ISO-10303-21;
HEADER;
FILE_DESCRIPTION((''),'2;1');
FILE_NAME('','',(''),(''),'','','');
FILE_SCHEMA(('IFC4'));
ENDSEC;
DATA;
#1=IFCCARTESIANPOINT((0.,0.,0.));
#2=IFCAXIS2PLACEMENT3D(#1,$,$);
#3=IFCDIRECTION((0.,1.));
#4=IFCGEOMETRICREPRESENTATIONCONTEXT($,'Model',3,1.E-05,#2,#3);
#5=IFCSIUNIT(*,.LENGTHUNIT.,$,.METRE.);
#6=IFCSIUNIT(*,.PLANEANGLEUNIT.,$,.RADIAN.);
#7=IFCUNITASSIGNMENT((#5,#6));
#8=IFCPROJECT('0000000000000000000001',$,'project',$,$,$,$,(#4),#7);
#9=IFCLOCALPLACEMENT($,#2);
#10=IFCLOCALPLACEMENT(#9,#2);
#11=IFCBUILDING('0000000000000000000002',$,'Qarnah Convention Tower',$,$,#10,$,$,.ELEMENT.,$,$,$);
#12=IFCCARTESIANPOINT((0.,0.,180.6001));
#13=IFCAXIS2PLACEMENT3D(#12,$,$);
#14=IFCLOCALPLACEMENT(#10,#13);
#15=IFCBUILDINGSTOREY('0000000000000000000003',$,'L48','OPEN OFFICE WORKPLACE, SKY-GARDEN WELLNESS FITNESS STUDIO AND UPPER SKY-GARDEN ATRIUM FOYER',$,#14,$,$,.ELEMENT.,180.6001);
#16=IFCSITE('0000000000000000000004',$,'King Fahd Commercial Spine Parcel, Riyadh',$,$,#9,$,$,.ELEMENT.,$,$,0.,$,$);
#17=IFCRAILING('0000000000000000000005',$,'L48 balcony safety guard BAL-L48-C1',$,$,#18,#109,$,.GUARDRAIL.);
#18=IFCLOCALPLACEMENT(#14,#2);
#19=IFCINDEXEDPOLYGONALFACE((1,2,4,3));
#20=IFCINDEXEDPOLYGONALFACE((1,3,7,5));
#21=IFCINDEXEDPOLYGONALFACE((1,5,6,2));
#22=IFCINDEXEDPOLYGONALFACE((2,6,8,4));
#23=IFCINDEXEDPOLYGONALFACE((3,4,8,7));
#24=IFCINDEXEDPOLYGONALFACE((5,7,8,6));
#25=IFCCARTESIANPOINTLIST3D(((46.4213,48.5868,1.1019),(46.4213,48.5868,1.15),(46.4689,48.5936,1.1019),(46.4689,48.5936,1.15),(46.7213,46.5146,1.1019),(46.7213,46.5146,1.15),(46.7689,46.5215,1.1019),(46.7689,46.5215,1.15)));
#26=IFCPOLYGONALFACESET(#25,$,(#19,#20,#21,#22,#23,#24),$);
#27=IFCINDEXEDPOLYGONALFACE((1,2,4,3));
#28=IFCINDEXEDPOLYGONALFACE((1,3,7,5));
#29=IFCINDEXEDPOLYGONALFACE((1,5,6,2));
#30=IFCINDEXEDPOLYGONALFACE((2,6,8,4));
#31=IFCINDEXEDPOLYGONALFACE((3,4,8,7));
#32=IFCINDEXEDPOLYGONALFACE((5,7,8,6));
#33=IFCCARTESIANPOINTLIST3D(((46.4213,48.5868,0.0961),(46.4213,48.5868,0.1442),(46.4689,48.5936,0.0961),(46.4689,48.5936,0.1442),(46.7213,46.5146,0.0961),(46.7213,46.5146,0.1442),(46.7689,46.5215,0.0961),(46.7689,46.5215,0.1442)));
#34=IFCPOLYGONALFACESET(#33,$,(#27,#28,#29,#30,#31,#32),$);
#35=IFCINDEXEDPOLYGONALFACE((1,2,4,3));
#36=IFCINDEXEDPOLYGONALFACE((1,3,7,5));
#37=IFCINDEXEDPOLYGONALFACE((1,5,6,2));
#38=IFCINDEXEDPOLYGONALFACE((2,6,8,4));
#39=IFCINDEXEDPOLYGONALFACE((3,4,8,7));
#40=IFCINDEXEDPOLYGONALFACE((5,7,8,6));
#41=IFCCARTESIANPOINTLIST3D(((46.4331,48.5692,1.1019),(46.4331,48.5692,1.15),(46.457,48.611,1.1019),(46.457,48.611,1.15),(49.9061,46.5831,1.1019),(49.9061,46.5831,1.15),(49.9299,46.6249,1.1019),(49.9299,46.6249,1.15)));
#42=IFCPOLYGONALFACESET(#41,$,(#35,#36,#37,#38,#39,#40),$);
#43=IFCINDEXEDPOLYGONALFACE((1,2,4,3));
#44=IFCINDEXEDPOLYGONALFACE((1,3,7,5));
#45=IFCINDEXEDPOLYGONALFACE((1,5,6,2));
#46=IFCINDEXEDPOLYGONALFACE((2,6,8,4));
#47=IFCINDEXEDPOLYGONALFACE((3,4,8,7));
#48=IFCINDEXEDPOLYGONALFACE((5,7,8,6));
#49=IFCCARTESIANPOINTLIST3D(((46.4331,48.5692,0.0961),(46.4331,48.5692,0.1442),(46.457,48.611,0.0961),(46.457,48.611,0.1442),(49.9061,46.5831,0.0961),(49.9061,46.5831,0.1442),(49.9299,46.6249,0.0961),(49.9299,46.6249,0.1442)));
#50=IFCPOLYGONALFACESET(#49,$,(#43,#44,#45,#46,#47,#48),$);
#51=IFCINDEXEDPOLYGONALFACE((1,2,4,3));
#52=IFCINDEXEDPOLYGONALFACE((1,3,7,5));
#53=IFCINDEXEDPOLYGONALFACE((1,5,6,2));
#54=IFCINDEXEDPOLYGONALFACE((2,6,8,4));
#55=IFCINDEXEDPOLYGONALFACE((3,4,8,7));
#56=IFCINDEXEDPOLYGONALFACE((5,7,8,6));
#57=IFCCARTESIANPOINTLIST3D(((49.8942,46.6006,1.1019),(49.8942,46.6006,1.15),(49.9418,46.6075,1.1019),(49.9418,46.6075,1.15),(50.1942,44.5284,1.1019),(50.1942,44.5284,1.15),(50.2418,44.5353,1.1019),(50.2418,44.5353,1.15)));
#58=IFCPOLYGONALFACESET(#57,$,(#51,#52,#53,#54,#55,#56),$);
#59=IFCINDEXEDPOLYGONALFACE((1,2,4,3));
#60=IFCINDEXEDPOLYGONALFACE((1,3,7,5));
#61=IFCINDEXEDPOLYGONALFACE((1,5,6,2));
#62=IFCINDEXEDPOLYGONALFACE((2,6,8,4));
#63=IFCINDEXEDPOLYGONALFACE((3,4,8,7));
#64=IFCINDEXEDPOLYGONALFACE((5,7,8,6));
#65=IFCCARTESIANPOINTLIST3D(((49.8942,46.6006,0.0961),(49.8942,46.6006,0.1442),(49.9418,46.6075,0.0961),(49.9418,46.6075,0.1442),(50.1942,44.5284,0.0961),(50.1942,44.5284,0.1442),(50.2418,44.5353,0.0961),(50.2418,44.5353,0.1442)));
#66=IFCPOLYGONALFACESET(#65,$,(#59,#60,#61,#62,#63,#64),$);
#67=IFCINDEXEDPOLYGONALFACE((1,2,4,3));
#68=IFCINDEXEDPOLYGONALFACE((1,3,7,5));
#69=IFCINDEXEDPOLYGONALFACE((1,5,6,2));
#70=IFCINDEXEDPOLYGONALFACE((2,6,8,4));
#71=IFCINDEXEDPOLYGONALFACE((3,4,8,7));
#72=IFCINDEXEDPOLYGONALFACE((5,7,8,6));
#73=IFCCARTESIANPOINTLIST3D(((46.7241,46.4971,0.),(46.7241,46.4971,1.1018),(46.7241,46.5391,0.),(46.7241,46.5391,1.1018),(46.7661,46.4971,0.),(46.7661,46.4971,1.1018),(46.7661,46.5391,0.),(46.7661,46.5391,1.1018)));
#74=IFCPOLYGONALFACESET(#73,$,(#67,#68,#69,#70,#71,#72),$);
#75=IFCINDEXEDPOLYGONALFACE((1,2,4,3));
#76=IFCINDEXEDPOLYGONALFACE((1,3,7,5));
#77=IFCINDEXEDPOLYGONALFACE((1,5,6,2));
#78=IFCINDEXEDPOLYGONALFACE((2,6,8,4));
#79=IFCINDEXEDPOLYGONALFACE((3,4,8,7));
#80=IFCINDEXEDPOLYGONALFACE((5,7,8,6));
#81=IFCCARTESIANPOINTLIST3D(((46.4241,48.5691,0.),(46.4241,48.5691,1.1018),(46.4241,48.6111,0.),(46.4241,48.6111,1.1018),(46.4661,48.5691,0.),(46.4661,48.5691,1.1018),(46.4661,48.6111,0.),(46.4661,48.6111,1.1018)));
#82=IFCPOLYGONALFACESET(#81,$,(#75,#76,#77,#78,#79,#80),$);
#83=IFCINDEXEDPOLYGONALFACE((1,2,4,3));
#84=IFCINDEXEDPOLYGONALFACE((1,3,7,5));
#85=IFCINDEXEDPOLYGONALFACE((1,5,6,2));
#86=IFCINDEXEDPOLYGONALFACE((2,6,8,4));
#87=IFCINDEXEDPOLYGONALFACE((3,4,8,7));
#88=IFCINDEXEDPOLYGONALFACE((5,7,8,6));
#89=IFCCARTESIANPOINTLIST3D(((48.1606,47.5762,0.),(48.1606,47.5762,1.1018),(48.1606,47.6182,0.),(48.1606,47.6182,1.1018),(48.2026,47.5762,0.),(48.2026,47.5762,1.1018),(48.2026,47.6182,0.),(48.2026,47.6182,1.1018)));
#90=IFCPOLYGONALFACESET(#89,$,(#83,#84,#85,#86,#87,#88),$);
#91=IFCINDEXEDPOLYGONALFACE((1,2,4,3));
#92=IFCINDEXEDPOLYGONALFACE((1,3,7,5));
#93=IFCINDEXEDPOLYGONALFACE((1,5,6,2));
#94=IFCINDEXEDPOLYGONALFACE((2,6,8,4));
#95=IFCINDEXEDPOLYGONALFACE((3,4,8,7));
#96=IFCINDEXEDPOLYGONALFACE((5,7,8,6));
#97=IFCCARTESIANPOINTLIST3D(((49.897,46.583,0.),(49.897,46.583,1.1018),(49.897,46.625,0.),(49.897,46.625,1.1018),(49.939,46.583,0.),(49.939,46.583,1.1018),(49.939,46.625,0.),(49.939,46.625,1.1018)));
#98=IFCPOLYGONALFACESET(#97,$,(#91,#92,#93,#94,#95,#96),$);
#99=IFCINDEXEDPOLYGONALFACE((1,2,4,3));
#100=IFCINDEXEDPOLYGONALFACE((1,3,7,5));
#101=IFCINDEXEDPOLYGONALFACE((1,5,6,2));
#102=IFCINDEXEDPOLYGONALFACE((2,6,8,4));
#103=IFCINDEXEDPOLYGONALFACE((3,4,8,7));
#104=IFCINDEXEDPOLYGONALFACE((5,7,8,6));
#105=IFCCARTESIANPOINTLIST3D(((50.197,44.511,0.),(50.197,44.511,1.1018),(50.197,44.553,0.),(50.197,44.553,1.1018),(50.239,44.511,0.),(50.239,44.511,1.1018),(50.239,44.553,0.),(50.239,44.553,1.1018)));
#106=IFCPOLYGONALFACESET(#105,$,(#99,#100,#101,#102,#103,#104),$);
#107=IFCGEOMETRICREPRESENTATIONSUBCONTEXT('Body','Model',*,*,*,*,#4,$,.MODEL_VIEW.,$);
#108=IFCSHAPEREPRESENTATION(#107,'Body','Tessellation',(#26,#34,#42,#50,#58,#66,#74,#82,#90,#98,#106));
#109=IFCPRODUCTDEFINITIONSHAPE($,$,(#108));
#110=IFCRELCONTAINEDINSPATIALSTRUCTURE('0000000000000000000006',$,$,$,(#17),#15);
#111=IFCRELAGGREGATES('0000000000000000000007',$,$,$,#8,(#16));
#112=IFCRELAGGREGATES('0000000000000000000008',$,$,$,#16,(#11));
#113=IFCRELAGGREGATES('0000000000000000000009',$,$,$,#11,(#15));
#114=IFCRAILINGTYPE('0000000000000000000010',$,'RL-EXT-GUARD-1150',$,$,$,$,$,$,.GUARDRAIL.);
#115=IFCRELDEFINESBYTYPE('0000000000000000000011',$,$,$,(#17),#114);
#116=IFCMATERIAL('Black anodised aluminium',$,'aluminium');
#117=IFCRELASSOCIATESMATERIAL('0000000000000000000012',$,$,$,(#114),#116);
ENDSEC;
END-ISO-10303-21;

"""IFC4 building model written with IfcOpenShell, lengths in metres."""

from ifc_helpers import new_model, si_unit, direction, frame, origin, origin_2d, place, context, subcontext, project, spatial, rectangle, extrude, material, type_object, element, save


model = new_model("IFC4")

# Units and contexts
model_context = context("Model", 3, precision=1e-05, world=origin(), true_north=direction((0.0, 1.0)))
body_context = subcontext(model_context, "Body", "Model", "MODEL_VIEW")
ifc_project = project(units=[si_unit("LENGTHUNIT", "METRE"), si_unit("PLANEANGLEUNIT", "RADIAN")], contexts=[model_context])

# Site, building, storey
site_placement = place(None, origin())
site = spatial("IfcSite", under=ifc_project, at=site_placement, Name="King Fahd Commercial Spine Parcel, Riyadh", CompositionType="ELEMENT", RefElevation=0.0)
building_placement = place(site_placement, origin())
building = spatial("IfcBuilding", under=site, at=building_placement, Name="Qarnah Convention Tower", CompositionType="ELEMENT")
storey_placement = place(building_placement, frame((0.0, 0.0, 180.6001)))
storey = spatial("IfcBuildingStorey", under=building, at=storey_placement, Name="L48", Description="OPEN OFFICE WORKPLACE, SKY-GARDEN WELLNESS FITNESS STUDIO AND UPPER SKY-GARDEN ATRIUM FOYER", CompositionType="ELEMENT", Elevation=180.6001)

# Shared definitions
ifc_material_1 = material(Name="Black anodised aluminium", Category="aluminium")

# Railing
railing_type = type_object("IfcRailingType", Name="RL-EXT-GUARD-1150", PredefinedType="GUARDRAIL", material=ifc_material_1)
railing_1_placement = place(storey_placement, frame((46.7451, 46.5181, 0.0)))
element("IfcRailing", 1, at=railing_1_placement, inside=storey, type_object=railing_type, Name="L48 balcony safety guard BAL-L48-C1", PredefinedType="GUARDRAIL", context=body_context, shape_type="SweptSolid", body=[
    extrude(rectangle(XDim=0.0481, YDim=0.0481, at=origin_2d()), frame((0.0, 0.0, 1.126), z_axis=(-0.143315, 0.989677, 0.0), x_axis=(-0.989677, -0.143315, 0.0)), (0.0, 0.0, 1.0), 2.0938),
    extrude(rectangle(XDim=0.0481, YDim=0.0481, at=origin_2d()), frame((0.0, 0.0, 0.1201), z_axis=(-0.143315, 0.989677, 0.0), x_axis=(-0.989677, -0.143315, 0.0)), (0.0, 0.0, 1.0), 2.0938),
    extrude(rectangle(XDim=0.0481, YDim=0.0481, at=origin_2d()), frame((-0.3, 2.072, 1.126), z_axis=(0.868074, -0.496435, 0.0), x_axis=(0.496435, 0.868074, 0.0)), (0.0, 0.0, 1.0), 4.0007),
    extrude(rectangle(XDim=0.0481, YDim=0.0481, at=origin_2d()), frame((-0.3, 2.072, 0.1201), z_axis=(0.868074, -0.496435, 0.0), x_axis=(0.496435, 0.868074, 0.0)), (0.0, 0.0, 1.0), 4.0007),
    extrude(rectangle(XDim=0.0481, YDim=0.0481, at=origin_2d()), frame((3.1729, 0.0859, 1.126), z_axis=(0.143315, -0.989677, 0.0), x_axis=(0.989677, 0.143315, 0.0)), (0.0, 0.0, 1.0), 2.0938),
    extrude(rectangle(XDim=0.0481, YDim=0.0481, at=origin_2d()), frame((3.1729, 0.0859, 0.1201), z_axis=(0.143315, -0.989677, 0.0), x_axis=(0.989677, 0.143315, 0.0)), (0.0, 0.0, 1.0), 2.0938),
    extrude(rectangle(XDim=0.042, YDim=0.042, at=origin_2d()), origin(), (0.0, 0.0, 1.0), 1.1018),
    extrude(rectangle(XDim=0.042, YDim=0.042, at=origin_2d()), frame((-0.3, 2.072, 0.0)), (0.0, 0.0, 1.0), 1.1018),
    extrude(rectangle(XDim=0.042, YDim=0.042, at=origin_2d()), frame((1.4365, 1.0791, 0.0)), (0.0, 0.0, 1.0), 1.1018),
    extrude(rectangle(XDim=0.042, YDim=0.042, at=origin_2d()), frame((3.1729, 0.0859, 0.0)), (0.0, 0.0, 1.0), 1.1018),
    extrude(rectangle(XDim=0.042, YDim=0.042, at=origin_2d()), frame((3.4729, -1.9861, 0.0)), (0.0, 0.0, 1.0), 1.1018),
])

save(model, "model.ifc")
